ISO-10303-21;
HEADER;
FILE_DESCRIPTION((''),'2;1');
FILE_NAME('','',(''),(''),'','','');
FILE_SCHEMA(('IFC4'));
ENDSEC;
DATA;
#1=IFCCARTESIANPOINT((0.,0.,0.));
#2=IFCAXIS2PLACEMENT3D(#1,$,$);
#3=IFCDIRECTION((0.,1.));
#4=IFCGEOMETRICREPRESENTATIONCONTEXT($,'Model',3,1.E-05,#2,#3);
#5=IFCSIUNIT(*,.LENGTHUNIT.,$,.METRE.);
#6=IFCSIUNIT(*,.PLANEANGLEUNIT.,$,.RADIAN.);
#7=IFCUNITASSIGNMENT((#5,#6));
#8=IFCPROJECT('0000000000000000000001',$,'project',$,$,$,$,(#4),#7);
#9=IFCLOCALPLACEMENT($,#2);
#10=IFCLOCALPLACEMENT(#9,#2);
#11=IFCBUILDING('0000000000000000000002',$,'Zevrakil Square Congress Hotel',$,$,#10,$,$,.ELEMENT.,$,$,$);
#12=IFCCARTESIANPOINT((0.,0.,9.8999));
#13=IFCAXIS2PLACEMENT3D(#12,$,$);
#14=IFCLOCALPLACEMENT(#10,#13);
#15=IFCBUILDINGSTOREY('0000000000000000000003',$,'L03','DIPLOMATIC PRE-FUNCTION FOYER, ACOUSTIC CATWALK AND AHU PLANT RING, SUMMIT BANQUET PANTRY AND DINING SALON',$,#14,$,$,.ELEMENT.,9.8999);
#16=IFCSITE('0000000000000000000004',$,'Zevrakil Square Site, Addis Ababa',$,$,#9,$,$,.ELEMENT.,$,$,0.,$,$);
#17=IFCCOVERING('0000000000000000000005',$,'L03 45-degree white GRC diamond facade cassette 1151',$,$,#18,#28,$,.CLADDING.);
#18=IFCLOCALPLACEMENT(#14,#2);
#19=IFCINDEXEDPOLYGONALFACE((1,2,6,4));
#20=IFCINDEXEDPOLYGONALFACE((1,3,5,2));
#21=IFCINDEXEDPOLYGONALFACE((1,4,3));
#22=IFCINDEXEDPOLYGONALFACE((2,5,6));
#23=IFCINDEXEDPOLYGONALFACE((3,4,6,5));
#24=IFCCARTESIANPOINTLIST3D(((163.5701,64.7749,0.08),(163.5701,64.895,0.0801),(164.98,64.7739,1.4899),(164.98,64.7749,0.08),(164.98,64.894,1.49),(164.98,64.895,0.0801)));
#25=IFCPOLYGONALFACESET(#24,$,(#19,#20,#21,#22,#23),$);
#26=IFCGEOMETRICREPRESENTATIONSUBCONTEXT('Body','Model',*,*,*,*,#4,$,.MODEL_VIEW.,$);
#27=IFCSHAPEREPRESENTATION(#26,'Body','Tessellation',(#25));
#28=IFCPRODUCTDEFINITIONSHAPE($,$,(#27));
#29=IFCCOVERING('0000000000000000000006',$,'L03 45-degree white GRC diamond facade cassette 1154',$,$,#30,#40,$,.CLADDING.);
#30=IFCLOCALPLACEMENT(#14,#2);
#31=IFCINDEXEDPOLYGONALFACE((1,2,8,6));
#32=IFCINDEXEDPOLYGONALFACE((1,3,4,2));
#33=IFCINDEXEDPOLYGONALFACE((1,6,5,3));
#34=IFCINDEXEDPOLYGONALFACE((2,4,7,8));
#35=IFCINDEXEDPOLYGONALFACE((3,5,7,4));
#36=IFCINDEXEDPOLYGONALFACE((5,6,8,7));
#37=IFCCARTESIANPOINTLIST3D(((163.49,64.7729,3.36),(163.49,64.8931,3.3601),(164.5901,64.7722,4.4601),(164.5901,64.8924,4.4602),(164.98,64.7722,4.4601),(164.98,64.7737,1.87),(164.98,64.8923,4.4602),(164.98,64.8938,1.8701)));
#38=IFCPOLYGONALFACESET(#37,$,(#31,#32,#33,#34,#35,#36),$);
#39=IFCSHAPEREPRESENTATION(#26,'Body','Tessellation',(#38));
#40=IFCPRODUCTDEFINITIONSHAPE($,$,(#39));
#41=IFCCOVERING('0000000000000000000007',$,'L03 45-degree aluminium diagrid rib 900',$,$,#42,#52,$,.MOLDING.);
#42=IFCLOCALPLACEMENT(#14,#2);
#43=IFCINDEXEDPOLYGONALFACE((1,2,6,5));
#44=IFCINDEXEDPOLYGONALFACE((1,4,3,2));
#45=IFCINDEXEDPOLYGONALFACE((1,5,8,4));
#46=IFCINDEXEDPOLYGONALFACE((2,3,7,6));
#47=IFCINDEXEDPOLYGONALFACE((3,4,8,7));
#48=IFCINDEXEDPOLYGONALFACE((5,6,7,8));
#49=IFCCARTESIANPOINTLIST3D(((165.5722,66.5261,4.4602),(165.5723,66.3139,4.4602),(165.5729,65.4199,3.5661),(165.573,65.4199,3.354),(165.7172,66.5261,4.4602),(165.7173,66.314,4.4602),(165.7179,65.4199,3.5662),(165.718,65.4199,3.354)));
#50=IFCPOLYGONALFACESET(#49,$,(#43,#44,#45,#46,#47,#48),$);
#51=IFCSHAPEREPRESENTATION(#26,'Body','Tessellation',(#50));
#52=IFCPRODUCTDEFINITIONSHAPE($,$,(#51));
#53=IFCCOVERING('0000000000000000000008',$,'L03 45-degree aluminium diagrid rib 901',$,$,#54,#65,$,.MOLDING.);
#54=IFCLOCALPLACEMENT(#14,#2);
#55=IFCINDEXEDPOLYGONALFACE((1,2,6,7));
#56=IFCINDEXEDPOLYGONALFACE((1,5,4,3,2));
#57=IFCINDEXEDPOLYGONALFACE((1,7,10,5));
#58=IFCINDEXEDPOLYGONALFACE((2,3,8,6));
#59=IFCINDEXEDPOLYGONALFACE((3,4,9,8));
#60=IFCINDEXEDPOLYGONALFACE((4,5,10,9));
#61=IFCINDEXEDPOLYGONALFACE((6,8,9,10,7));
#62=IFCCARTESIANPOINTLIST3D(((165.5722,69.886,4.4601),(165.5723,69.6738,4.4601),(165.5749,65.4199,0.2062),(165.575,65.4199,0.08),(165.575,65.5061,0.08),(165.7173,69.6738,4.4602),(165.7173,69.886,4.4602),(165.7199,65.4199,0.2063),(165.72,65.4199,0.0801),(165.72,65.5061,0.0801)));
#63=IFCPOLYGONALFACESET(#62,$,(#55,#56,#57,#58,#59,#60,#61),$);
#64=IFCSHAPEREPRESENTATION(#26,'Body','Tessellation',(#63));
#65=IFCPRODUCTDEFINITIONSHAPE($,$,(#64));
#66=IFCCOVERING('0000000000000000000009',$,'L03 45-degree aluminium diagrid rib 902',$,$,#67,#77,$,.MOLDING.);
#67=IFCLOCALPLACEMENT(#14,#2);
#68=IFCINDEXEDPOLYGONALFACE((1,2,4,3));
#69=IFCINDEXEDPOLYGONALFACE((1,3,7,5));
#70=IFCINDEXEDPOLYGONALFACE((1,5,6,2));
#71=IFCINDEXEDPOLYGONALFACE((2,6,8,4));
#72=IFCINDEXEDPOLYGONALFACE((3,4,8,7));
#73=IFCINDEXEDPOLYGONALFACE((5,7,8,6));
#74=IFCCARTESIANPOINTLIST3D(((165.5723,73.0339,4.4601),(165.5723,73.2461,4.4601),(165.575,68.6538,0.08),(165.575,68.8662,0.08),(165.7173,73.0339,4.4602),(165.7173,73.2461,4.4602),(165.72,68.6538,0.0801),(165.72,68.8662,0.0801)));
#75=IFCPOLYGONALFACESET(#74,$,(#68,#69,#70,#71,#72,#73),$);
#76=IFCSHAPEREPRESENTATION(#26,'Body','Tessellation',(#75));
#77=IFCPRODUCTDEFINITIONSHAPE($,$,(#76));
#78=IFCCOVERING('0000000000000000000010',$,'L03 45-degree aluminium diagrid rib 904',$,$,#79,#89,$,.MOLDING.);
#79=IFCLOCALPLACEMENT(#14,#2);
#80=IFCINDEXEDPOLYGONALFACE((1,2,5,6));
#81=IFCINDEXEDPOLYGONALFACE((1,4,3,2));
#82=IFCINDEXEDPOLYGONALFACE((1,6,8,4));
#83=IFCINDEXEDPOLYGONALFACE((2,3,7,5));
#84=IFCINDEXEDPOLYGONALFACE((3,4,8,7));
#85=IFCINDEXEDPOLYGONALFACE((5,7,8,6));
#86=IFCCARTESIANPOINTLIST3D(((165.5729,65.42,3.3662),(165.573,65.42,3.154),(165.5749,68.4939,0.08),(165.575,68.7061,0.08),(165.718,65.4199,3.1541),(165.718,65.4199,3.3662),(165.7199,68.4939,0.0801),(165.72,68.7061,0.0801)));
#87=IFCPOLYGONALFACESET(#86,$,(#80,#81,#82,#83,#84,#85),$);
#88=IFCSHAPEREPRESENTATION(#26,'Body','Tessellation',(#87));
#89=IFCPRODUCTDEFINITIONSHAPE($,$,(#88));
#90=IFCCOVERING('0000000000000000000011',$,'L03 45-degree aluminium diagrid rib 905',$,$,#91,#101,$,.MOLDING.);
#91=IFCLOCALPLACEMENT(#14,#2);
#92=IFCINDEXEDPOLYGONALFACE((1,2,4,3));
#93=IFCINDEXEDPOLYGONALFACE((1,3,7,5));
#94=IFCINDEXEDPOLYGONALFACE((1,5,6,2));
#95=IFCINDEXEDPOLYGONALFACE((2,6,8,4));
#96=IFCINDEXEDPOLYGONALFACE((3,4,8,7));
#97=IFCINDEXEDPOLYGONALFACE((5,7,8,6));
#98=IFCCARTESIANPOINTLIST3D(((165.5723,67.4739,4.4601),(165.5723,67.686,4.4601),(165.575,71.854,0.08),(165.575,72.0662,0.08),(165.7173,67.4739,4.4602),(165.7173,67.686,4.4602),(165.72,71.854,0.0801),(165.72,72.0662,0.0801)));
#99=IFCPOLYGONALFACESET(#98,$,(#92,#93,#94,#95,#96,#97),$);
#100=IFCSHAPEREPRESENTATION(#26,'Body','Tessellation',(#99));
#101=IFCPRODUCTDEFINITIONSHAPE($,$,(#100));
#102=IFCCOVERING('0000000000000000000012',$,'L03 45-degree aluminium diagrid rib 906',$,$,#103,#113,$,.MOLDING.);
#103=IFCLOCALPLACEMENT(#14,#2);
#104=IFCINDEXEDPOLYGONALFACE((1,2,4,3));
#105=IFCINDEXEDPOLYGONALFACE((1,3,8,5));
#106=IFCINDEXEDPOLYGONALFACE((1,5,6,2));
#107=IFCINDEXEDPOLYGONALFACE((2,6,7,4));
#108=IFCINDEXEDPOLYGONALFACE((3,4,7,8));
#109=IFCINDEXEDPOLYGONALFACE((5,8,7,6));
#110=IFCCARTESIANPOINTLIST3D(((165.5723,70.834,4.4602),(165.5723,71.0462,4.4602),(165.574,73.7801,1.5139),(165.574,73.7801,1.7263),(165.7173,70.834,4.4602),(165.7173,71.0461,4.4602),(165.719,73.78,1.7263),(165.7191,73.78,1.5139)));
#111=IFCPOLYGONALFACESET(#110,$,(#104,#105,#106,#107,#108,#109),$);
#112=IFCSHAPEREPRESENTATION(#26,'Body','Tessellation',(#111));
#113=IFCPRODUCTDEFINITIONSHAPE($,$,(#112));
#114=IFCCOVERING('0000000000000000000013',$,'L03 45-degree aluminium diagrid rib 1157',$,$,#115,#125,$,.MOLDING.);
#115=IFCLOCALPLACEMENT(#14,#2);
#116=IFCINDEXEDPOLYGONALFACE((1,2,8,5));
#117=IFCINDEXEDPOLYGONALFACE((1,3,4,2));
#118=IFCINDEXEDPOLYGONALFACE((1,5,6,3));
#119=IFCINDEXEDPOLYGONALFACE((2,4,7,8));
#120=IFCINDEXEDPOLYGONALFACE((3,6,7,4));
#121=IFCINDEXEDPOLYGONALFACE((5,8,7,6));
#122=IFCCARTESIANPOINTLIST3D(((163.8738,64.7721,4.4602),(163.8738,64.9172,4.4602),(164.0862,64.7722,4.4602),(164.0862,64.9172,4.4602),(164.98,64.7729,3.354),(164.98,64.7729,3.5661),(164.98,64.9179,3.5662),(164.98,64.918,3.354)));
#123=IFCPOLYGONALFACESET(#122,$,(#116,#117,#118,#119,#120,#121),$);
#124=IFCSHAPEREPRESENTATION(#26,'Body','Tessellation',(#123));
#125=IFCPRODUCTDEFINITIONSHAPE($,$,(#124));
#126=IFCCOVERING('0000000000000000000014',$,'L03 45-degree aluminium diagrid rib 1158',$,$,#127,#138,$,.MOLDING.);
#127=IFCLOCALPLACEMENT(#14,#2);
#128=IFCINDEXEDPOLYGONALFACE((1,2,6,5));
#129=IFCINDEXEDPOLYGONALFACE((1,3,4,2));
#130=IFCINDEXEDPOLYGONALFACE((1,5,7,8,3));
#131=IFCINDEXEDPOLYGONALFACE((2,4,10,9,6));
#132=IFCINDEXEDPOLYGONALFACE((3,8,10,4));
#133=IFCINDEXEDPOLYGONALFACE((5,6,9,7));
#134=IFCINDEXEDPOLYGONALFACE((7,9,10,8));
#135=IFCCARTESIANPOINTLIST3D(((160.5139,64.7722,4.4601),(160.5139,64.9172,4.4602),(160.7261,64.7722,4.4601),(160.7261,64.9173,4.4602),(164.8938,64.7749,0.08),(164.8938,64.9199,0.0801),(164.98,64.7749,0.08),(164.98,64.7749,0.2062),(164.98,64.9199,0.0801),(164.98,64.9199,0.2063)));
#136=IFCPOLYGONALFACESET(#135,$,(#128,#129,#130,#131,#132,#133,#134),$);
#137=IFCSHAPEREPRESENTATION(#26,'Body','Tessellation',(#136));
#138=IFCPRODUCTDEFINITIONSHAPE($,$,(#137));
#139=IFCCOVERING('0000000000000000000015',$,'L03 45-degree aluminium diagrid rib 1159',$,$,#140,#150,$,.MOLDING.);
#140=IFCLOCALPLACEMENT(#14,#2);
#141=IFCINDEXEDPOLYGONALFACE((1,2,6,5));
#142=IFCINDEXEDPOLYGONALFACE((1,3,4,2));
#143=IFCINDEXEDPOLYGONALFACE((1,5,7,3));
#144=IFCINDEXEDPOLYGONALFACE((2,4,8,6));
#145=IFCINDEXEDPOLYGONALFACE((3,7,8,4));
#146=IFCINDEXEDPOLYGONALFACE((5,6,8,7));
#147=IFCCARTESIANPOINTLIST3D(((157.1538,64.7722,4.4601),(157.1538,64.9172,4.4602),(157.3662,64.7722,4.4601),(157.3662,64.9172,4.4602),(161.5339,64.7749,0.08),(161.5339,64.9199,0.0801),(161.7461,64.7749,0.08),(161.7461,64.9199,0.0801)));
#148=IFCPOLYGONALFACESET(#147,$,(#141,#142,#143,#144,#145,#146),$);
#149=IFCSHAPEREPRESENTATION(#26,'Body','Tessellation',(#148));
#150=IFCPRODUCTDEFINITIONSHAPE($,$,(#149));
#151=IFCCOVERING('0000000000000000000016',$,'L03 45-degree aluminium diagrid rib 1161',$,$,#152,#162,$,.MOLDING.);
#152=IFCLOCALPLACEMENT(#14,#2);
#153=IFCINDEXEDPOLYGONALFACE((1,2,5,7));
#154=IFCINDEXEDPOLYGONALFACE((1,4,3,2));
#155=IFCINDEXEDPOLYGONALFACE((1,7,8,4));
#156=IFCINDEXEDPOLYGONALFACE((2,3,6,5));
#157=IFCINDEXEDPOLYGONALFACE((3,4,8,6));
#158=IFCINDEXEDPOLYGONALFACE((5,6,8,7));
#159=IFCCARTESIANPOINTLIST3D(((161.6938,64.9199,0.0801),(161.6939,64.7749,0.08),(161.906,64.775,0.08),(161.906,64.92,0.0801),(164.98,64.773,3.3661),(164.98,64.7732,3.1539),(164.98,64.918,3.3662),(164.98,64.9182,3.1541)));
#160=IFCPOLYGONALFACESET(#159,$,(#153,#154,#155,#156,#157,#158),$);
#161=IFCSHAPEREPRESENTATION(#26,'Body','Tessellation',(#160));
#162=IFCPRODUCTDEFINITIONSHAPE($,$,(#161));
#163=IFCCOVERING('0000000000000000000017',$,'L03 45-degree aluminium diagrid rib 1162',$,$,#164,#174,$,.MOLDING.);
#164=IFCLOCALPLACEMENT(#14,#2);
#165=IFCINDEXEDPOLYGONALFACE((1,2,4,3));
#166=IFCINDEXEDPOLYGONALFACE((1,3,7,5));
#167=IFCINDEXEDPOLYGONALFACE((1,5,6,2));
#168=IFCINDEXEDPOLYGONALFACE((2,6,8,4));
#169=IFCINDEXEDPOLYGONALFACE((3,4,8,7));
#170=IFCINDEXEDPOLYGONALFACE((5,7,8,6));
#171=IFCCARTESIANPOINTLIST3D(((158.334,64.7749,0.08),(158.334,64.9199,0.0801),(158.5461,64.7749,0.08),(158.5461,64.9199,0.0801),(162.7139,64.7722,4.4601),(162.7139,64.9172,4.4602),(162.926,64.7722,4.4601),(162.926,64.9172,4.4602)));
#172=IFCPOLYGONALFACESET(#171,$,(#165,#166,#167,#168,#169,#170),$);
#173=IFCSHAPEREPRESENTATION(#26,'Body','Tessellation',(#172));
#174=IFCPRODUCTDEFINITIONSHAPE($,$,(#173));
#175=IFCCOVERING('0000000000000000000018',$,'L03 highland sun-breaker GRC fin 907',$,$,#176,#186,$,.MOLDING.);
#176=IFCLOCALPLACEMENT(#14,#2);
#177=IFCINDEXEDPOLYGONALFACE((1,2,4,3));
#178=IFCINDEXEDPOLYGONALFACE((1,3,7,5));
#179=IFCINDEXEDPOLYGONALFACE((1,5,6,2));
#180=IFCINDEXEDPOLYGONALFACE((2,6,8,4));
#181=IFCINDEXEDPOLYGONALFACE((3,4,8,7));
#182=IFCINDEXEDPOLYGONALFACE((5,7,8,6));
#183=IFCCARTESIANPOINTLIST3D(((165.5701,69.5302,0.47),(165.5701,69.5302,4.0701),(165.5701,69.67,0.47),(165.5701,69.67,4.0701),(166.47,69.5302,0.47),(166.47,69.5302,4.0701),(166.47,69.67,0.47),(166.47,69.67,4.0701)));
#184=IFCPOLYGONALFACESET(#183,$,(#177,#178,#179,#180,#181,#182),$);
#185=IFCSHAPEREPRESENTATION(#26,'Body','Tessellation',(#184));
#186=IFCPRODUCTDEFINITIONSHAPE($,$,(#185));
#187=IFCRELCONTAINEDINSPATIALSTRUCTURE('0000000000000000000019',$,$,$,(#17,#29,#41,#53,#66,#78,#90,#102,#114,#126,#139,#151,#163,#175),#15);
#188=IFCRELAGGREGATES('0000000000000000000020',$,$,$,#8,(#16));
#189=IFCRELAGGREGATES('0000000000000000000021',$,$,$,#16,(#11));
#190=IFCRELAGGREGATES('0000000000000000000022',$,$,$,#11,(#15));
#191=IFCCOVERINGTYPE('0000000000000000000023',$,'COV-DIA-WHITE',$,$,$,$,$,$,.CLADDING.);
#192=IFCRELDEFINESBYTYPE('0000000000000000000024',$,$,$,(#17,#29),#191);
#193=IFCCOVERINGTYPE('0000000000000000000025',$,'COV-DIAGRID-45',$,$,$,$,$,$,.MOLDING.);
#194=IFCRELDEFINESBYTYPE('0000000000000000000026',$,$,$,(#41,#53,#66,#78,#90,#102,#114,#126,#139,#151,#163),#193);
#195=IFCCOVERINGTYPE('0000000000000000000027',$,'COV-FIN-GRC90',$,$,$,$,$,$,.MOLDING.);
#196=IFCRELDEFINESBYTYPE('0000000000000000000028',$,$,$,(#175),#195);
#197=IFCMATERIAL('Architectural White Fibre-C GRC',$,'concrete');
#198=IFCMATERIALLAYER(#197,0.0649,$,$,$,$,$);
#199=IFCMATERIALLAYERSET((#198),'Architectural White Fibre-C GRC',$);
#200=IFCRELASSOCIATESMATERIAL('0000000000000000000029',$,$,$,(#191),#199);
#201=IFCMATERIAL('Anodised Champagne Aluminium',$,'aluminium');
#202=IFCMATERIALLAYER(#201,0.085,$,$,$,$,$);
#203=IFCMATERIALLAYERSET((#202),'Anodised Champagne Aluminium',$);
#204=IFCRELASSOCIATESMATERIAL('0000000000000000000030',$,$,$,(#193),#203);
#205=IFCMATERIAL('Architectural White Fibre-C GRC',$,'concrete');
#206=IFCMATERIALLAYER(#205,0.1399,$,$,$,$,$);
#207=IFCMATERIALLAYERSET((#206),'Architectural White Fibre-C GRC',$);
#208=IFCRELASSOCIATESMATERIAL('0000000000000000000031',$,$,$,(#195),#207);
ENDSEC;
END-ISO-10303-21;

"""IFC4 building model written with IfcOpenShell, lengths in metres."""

from ifc_helpers import new_model, si_unit, direction, frame, origin, origin_2d, place, context, subcontext, project, spatial, polyline, rectangle, outline, extrude, material, layer, layer_set, type_object, element, save


model = new_model("IFC4")

# Units and contexts
model_context = context("Model", 3, precision=1e-05, world=origin(), true_north=direction((0.0, 1.0)))
body_context = subcontext(model_context, "Body", "Model", "MODEL_VIEW")
ifc_project = project(units=[si_unit("LENGTHUNIT", "METRE"), si_unit("PLANEANGLEUNIT", "RADIAN")], contexts=[model_context])

# Site, building, storey
site_placement = place(None, origin())
site = spatial("IfcSite", under=ifc_project, at=site_placement, Name="Zevrakil Square Site, Addis Ababa", CompositionType="ELEMENT", RefElevation=0.0)
building_placement = place(site_placement, origin())
building = spatial("IfcBuilding", under=site, at=building_placement, Name="Zevrakil Square Congress Hotel", CompositionType="ELEMENT")
storey_placement = place(building_placement, frame((0.0, 0.0, 9.8999)))
storey = spatial("IfcBuildingStorey", under=building, at=storey_placement, Name="L03", Description="DIPLOMATIC PRE-FUNCTION FOYER, ACOUSTIC CATWALK AND AHU PLANT RING, SUMMIT BANQUET PANTRY AND DINING SALON", CompositionType="ELEMENT", Elevation=9.8999)

# Coverings
ifc_material_1 = material(Name="Architectural White Fibre-C GRC", Category="concrete")
ifc_layer_1 = layer(ifc_material_1, 0.0649)
ifc_layer_set_1 = layer_set([ifc_layer_1], Name="Architectural White Fibre-C GRC")
covering_type_1 = type_object("IfcCoveringType", Name="COV-DIA-WHITE", PredefinedType="CLADDING", material=ifc_layer_set_1)
covering_1_placement = place(storey_placement, frame((163.5701, 64.895, 0.0801), z_axis=(0.0, 1.0, 0.000693), x_axis=(1.0, 0.0, 0.0)))
element("IfcCovering", 1, at=covering_1_placement, inside=storey, type_object=covering_type_1, Name="L03 45-degree white GRC diamond facade cassette 1151", PredefinedType="CLADDING", context=body_context, shape_type="SweptSolid", body=[
    extrude(outline(polyline([(0.0, 0.0), (1.4099, 0.0), (1.4099, -1.4099), (0.0, 0.0)])), origin(), (0.0, 0.0, -1.0), 0.1201),
])
covering_2_placement = place(storey_placement, frame((163.49, 64.8931, 3.3601), z_axis=(0.000067, 1.0, 0.000576), x_axis=(0.707107, 0.00036, -0.707107)))
element("IfcCovering", 2, at=covering_2_placement, inside=storey, type_object=covering_type_1, Name="L03 45-degree white GRC diamond facade cassette 1154", PredefinedType="CLADDING", context=body_context, shape_type="SweptSolid", body=[
    extrude(outline(polyline([(0.0, 0.0), (2.1072, 0.0), (0.2757, -1.8315), (0.0, -1.5558), (0.0, 0.0)])), origin(), (0.0, 0.0, -1.0), 0.1201),
])
ifc_material_2 = material(Name="Anodised Champagne Aluminium", Category="aluminium")
ifc_layer_2 = layer(ifc_material_2, 0.085)
ifc_layer_set_2 = layer_set([ifc_layer_2], Name="Anodised Champagne Aluminium")
covering_type_2 = type_object("IfcCoveringType", Name="COV-DIAGRID-45", PredefinedType="MOLDING", material=ifc_layer_set_2)
covering_3_placement = place(storey_placement, frame((165.718, 65.4199, 3.354), z_axis=(1.0, 0.000366, 0.000366), x_axis=(-0.000366, 0.0, 1.0)))
element("IfcCovering", 3, at=covering_3_placement, inside=storey, type_object=covering_type_2, Name="L03 45-degree aluminium diagrid rib 900", PredefinedType="MOLDING", context=body_context, shape_type="SweptSolid", body=[
    extrude(outline(polyline([(0.0, 0.0), (0.2122, 0.0), (1.1062, -0.894), (1.1062, -1.1062), (0.0, 0.0)])), origin(), (0.0, 0.0, -1.0), 0.145),
])
covering_4_placement = place(storey_placement, frame((165.72, 65.5061, 0.0801), z_axis=(1.0, 0.000184, 0.000435), x_axis=(0.000184, -1.0, 0.0)))
element("IfcCovering", 4, at=covering_4_placement, inside=storey, type_object=covering_type_2, Name="L03 45-degree aluminium diagrid rib 901", PredefinedType="MOLDING", context=body_context, shape_type="SweptSolid", body=[
    extrude(outline(polyline([(0.0, 0.0), (0.0862, 0.0), (0.0862, -0.1262), (-4.1677, -4.3801), (-4.3799, -4.3801), (0.0, 0.0)])), origin(), (0.0, 0.0, -1.0), 0.145),
])
covering_5_placement = place(storey_placement, frame((165.72, 68.8662, 0.0801), z_axis=(1.0, 0.0, 0.000613), x_axis=(0.0, -1.0, 0.0)))
element("IfcCovering", 5, at=covering_5_placement, inside=storey, type_object=covering_type_2, Name="L03 45-degree aluminium diagrid rib 902", PredefinedType="MOLDING", context=body_context, shape_type="SweptSolid", body=[
    extrude(outline(polyline([(0.0, 0.0), (0.2124, 0.0), (-4.1677, -4.3801), (-4.3799, -4.3801), (0.0, 0.0)])), origin(), (0.0, 0.0, -1.0), 0.145),
])
covering_6_placement = place(storey_placement, frame((165.718, 65.4199, 3.1541), z_axis=(1.0, -0.000307, 0.000307), x_axis=(-0.000307, 0.0, 1.0)))
element("IfcCovering", 6, at=covering_6_placement, inside=storey, type_object=covering_type_2, Name="L03 45-degree aluminium diagrid rib 904", PredefinedType="MOLDING", context=body_context, shape_type="SweptSolid", body=[
    extrude(outline(polyline([(0.0, 0.0), (0.2122, 0.0), (-3.074, -3.2861), (-3.074, -3.074), (0.0, 0.0)])), origin(), (0.0, 0.0, -1.0), 0.145),
])
covering_7_placement = place(storey_placement, frame((165.7173, 67.4739, 4.4602), z_axis=(1.0, 0.0, 0.000613), x_axis=(0.0, 1.0, 0.0)))
element("IfcCovering", 7, at=covering_7_placement, inside=storey, type_object=covering_type_2, Name="L03 45-degree aluminium diagrid rib 905", PredefinedType="MOLDING", context=body_context, shape_type="SweptSolid", body=[
    extrude(outline(polyline([(0.0, 0.0), (0.2122, 0.0), (4.5923, -4.3801), (4.3801, -4.3801), (0.0, 0.0)])), origin(), (0.0, 0.0, -1.0), 0.145),
])
covering_8_placement = place(storey_placement, frame((165.7173, 70.834, 4.4602), z_axis=(1.0, -0.000301, 0.000301), x_axis=(0.000301, 1.0, 0.0)))
element("IfcCovering", 8, at=covering_8_placement, inside=storey, type_object=covering_type_2, Name="L03 45-degree aluminium diagrid rib 906", PredefinedType="MOLDING", context=body_context, shape_type="SweptSolid", body=[
    extrude(outline(polyline([(0.0, 0.0), (0.2122, 0.0), (2.946, -2.7339), (2.946, -2.9463), (0.0, 0.0)])), origin(), (0.0, 0.0, -1.0), 0.145),
])
covering_9_placement = place(storey_placement, frame((164.98, 64.918, 3.354), z_axis=(-0.000366, 1.0, 0.000366), x_axis=(0.0, -0.000366, 1.0)))
element("IfcCovering", 9, at=covering_9_placement, inside=storey, type_object=covering_type_2, Name="L03 45-degree aluminium diagrid rib 1157", PredefinedType="MOLDING", context=body_context, shape_type="SweptSolid", body=[
    extrude(outline(polyline([(0.0, 0.0), (0.2122, 0.0), (1.1062, -0.8938), (1.1062, -1.1062), (0.0, 0.0)])), origin(), (0.0, 0.0, -1.0), 0.145),
])
covering_10_placement = place(storey_placement, frame((164.8938, 64.9199, 0.0801), z_axis=(-0.000184, 1.0, 0.000435), x_axis=(1.0, 0.000184, 0.0)))
element("IfcCovering", 10, at=covering_10_placement, inside=storey, type_object=covering_type_2, Name="L03 45-degree aluminium diagrid rib 1158", PredefinedType="MOLDING", context=body_context, shape_type="SweptSolid", body=[
    extrude(outline(polyline([(0.0, 0.0), (0.0862, 0.0), (0.0862, -0.1262), (-4.1677, -4.3801), (-4.3799, -4.3801), (0.0, 0.0)])), origin(), (0.0, 0.0, -1.0), 0.145),
])
covering_11_placement = place(storey_placement, frame((161.5339, 64.9199, 0.0801), z_axis=(0.0, 1.0, 0.000613), x_axis=(1.0, 0.0, 0.0)))
element("IfcCovering", 11, at=covering_11_placement, inside=storey, type_object=covering_type_2, Name="L03 45-degree aluminium diagrid rib 1159", PredefinedType="MOLDING", context=body_context, shape_type="SweptSolid", body=[
    extrude(outline(polyline([(0.0, 0.0), (0.2122, 0.0), (-4.1677, -4.3801), (-4.3801, -4.3801), (0.0, 0.0)])), origin(), (0.0, 0.0, -1.0), 0.145),
])
covering_12_placement = place(storey_placement, frame((164.98, 64.9182, 3.1541), z_axis=(-0.000287, 1.0, 0.000863), x_axis=(0.0, -0.000863, 1.0)))
element("IfcCovering", 12, at=covering_12_placement, inside=storey, type_object=covering_type_2, Name="L03 45-degree aluminium diagrid rib 1161", PredefinedType="MOLDING", context=body_context, shape_type="SweptSolid", body=[
    extrude(outline(polyline([(0.0, 0.0), (0.2122, 0.0), (-3.074, -3.2861), (-3.074, -3.074), (0.0, 0.0)])), origin(), (0.0, 0.0, -1.0), 0.145),
])
covering_13_placement = place(storey_placement, frame((162.926, 64.9172, 4.4602), z_axis=(0.0, 1.0, 0.000613), x_axis=(-1.0, 0.0, 0.0)))
element("IfcCovering", 13, at=covering_13_placement, inside=storey, type_object=covering_type_2, Name="L03 45-degree aluminium diagrid rib 1162", PredefinedType="MOLDING", context=body_context, shape_type="SweptSolid", body=[
    extrude(outline(polyline([(0.0, 0.0), (0.2122, 0.0), (4.592, -4.3801), (4.3799, -4.3801), (0.0, 0.0)])), origin(), (0.0, 0.0, -1.0), 0.145),
])
ifc_material_3 = material(Name="Architectural White Fibre-C GRC", Category="concrete")
ifc_layer_3 = layer(ifc_material_3, 0.1399)
ifc_layer_set_3 = layer_set([ifc_layer_3], Name="Architectural White Fibre-C GRC")
covering_type_3 = type_object("IfcCoveringType", Name="COV-FIN-GRC90", PredefinedType="MOLDING", material=ifc_layer_set_3)
covering_14_placement = place(storey_placement, frame((166.02, 69.6001, 0.47), z_axis=(0.0, 0.0, 1.0), x_axis=(1.0, 0.0, 0.0)))
element("IfcCovering", 14, at=covering_14_placement, inside=storey, type_object=covering_type_3, Name="L03 highland sun-breaker GRC fin 907", PredefinedType="MOLDING", context=body_context, shape_type="SweptSolid", body=[
    extrude(rectangle(XDim=0.8999, YDim=0.1399, at=origin_2d()), origin(), (0.0, 0.0, 1.0), 3.6001),
])

save(model, "model.ifc")
